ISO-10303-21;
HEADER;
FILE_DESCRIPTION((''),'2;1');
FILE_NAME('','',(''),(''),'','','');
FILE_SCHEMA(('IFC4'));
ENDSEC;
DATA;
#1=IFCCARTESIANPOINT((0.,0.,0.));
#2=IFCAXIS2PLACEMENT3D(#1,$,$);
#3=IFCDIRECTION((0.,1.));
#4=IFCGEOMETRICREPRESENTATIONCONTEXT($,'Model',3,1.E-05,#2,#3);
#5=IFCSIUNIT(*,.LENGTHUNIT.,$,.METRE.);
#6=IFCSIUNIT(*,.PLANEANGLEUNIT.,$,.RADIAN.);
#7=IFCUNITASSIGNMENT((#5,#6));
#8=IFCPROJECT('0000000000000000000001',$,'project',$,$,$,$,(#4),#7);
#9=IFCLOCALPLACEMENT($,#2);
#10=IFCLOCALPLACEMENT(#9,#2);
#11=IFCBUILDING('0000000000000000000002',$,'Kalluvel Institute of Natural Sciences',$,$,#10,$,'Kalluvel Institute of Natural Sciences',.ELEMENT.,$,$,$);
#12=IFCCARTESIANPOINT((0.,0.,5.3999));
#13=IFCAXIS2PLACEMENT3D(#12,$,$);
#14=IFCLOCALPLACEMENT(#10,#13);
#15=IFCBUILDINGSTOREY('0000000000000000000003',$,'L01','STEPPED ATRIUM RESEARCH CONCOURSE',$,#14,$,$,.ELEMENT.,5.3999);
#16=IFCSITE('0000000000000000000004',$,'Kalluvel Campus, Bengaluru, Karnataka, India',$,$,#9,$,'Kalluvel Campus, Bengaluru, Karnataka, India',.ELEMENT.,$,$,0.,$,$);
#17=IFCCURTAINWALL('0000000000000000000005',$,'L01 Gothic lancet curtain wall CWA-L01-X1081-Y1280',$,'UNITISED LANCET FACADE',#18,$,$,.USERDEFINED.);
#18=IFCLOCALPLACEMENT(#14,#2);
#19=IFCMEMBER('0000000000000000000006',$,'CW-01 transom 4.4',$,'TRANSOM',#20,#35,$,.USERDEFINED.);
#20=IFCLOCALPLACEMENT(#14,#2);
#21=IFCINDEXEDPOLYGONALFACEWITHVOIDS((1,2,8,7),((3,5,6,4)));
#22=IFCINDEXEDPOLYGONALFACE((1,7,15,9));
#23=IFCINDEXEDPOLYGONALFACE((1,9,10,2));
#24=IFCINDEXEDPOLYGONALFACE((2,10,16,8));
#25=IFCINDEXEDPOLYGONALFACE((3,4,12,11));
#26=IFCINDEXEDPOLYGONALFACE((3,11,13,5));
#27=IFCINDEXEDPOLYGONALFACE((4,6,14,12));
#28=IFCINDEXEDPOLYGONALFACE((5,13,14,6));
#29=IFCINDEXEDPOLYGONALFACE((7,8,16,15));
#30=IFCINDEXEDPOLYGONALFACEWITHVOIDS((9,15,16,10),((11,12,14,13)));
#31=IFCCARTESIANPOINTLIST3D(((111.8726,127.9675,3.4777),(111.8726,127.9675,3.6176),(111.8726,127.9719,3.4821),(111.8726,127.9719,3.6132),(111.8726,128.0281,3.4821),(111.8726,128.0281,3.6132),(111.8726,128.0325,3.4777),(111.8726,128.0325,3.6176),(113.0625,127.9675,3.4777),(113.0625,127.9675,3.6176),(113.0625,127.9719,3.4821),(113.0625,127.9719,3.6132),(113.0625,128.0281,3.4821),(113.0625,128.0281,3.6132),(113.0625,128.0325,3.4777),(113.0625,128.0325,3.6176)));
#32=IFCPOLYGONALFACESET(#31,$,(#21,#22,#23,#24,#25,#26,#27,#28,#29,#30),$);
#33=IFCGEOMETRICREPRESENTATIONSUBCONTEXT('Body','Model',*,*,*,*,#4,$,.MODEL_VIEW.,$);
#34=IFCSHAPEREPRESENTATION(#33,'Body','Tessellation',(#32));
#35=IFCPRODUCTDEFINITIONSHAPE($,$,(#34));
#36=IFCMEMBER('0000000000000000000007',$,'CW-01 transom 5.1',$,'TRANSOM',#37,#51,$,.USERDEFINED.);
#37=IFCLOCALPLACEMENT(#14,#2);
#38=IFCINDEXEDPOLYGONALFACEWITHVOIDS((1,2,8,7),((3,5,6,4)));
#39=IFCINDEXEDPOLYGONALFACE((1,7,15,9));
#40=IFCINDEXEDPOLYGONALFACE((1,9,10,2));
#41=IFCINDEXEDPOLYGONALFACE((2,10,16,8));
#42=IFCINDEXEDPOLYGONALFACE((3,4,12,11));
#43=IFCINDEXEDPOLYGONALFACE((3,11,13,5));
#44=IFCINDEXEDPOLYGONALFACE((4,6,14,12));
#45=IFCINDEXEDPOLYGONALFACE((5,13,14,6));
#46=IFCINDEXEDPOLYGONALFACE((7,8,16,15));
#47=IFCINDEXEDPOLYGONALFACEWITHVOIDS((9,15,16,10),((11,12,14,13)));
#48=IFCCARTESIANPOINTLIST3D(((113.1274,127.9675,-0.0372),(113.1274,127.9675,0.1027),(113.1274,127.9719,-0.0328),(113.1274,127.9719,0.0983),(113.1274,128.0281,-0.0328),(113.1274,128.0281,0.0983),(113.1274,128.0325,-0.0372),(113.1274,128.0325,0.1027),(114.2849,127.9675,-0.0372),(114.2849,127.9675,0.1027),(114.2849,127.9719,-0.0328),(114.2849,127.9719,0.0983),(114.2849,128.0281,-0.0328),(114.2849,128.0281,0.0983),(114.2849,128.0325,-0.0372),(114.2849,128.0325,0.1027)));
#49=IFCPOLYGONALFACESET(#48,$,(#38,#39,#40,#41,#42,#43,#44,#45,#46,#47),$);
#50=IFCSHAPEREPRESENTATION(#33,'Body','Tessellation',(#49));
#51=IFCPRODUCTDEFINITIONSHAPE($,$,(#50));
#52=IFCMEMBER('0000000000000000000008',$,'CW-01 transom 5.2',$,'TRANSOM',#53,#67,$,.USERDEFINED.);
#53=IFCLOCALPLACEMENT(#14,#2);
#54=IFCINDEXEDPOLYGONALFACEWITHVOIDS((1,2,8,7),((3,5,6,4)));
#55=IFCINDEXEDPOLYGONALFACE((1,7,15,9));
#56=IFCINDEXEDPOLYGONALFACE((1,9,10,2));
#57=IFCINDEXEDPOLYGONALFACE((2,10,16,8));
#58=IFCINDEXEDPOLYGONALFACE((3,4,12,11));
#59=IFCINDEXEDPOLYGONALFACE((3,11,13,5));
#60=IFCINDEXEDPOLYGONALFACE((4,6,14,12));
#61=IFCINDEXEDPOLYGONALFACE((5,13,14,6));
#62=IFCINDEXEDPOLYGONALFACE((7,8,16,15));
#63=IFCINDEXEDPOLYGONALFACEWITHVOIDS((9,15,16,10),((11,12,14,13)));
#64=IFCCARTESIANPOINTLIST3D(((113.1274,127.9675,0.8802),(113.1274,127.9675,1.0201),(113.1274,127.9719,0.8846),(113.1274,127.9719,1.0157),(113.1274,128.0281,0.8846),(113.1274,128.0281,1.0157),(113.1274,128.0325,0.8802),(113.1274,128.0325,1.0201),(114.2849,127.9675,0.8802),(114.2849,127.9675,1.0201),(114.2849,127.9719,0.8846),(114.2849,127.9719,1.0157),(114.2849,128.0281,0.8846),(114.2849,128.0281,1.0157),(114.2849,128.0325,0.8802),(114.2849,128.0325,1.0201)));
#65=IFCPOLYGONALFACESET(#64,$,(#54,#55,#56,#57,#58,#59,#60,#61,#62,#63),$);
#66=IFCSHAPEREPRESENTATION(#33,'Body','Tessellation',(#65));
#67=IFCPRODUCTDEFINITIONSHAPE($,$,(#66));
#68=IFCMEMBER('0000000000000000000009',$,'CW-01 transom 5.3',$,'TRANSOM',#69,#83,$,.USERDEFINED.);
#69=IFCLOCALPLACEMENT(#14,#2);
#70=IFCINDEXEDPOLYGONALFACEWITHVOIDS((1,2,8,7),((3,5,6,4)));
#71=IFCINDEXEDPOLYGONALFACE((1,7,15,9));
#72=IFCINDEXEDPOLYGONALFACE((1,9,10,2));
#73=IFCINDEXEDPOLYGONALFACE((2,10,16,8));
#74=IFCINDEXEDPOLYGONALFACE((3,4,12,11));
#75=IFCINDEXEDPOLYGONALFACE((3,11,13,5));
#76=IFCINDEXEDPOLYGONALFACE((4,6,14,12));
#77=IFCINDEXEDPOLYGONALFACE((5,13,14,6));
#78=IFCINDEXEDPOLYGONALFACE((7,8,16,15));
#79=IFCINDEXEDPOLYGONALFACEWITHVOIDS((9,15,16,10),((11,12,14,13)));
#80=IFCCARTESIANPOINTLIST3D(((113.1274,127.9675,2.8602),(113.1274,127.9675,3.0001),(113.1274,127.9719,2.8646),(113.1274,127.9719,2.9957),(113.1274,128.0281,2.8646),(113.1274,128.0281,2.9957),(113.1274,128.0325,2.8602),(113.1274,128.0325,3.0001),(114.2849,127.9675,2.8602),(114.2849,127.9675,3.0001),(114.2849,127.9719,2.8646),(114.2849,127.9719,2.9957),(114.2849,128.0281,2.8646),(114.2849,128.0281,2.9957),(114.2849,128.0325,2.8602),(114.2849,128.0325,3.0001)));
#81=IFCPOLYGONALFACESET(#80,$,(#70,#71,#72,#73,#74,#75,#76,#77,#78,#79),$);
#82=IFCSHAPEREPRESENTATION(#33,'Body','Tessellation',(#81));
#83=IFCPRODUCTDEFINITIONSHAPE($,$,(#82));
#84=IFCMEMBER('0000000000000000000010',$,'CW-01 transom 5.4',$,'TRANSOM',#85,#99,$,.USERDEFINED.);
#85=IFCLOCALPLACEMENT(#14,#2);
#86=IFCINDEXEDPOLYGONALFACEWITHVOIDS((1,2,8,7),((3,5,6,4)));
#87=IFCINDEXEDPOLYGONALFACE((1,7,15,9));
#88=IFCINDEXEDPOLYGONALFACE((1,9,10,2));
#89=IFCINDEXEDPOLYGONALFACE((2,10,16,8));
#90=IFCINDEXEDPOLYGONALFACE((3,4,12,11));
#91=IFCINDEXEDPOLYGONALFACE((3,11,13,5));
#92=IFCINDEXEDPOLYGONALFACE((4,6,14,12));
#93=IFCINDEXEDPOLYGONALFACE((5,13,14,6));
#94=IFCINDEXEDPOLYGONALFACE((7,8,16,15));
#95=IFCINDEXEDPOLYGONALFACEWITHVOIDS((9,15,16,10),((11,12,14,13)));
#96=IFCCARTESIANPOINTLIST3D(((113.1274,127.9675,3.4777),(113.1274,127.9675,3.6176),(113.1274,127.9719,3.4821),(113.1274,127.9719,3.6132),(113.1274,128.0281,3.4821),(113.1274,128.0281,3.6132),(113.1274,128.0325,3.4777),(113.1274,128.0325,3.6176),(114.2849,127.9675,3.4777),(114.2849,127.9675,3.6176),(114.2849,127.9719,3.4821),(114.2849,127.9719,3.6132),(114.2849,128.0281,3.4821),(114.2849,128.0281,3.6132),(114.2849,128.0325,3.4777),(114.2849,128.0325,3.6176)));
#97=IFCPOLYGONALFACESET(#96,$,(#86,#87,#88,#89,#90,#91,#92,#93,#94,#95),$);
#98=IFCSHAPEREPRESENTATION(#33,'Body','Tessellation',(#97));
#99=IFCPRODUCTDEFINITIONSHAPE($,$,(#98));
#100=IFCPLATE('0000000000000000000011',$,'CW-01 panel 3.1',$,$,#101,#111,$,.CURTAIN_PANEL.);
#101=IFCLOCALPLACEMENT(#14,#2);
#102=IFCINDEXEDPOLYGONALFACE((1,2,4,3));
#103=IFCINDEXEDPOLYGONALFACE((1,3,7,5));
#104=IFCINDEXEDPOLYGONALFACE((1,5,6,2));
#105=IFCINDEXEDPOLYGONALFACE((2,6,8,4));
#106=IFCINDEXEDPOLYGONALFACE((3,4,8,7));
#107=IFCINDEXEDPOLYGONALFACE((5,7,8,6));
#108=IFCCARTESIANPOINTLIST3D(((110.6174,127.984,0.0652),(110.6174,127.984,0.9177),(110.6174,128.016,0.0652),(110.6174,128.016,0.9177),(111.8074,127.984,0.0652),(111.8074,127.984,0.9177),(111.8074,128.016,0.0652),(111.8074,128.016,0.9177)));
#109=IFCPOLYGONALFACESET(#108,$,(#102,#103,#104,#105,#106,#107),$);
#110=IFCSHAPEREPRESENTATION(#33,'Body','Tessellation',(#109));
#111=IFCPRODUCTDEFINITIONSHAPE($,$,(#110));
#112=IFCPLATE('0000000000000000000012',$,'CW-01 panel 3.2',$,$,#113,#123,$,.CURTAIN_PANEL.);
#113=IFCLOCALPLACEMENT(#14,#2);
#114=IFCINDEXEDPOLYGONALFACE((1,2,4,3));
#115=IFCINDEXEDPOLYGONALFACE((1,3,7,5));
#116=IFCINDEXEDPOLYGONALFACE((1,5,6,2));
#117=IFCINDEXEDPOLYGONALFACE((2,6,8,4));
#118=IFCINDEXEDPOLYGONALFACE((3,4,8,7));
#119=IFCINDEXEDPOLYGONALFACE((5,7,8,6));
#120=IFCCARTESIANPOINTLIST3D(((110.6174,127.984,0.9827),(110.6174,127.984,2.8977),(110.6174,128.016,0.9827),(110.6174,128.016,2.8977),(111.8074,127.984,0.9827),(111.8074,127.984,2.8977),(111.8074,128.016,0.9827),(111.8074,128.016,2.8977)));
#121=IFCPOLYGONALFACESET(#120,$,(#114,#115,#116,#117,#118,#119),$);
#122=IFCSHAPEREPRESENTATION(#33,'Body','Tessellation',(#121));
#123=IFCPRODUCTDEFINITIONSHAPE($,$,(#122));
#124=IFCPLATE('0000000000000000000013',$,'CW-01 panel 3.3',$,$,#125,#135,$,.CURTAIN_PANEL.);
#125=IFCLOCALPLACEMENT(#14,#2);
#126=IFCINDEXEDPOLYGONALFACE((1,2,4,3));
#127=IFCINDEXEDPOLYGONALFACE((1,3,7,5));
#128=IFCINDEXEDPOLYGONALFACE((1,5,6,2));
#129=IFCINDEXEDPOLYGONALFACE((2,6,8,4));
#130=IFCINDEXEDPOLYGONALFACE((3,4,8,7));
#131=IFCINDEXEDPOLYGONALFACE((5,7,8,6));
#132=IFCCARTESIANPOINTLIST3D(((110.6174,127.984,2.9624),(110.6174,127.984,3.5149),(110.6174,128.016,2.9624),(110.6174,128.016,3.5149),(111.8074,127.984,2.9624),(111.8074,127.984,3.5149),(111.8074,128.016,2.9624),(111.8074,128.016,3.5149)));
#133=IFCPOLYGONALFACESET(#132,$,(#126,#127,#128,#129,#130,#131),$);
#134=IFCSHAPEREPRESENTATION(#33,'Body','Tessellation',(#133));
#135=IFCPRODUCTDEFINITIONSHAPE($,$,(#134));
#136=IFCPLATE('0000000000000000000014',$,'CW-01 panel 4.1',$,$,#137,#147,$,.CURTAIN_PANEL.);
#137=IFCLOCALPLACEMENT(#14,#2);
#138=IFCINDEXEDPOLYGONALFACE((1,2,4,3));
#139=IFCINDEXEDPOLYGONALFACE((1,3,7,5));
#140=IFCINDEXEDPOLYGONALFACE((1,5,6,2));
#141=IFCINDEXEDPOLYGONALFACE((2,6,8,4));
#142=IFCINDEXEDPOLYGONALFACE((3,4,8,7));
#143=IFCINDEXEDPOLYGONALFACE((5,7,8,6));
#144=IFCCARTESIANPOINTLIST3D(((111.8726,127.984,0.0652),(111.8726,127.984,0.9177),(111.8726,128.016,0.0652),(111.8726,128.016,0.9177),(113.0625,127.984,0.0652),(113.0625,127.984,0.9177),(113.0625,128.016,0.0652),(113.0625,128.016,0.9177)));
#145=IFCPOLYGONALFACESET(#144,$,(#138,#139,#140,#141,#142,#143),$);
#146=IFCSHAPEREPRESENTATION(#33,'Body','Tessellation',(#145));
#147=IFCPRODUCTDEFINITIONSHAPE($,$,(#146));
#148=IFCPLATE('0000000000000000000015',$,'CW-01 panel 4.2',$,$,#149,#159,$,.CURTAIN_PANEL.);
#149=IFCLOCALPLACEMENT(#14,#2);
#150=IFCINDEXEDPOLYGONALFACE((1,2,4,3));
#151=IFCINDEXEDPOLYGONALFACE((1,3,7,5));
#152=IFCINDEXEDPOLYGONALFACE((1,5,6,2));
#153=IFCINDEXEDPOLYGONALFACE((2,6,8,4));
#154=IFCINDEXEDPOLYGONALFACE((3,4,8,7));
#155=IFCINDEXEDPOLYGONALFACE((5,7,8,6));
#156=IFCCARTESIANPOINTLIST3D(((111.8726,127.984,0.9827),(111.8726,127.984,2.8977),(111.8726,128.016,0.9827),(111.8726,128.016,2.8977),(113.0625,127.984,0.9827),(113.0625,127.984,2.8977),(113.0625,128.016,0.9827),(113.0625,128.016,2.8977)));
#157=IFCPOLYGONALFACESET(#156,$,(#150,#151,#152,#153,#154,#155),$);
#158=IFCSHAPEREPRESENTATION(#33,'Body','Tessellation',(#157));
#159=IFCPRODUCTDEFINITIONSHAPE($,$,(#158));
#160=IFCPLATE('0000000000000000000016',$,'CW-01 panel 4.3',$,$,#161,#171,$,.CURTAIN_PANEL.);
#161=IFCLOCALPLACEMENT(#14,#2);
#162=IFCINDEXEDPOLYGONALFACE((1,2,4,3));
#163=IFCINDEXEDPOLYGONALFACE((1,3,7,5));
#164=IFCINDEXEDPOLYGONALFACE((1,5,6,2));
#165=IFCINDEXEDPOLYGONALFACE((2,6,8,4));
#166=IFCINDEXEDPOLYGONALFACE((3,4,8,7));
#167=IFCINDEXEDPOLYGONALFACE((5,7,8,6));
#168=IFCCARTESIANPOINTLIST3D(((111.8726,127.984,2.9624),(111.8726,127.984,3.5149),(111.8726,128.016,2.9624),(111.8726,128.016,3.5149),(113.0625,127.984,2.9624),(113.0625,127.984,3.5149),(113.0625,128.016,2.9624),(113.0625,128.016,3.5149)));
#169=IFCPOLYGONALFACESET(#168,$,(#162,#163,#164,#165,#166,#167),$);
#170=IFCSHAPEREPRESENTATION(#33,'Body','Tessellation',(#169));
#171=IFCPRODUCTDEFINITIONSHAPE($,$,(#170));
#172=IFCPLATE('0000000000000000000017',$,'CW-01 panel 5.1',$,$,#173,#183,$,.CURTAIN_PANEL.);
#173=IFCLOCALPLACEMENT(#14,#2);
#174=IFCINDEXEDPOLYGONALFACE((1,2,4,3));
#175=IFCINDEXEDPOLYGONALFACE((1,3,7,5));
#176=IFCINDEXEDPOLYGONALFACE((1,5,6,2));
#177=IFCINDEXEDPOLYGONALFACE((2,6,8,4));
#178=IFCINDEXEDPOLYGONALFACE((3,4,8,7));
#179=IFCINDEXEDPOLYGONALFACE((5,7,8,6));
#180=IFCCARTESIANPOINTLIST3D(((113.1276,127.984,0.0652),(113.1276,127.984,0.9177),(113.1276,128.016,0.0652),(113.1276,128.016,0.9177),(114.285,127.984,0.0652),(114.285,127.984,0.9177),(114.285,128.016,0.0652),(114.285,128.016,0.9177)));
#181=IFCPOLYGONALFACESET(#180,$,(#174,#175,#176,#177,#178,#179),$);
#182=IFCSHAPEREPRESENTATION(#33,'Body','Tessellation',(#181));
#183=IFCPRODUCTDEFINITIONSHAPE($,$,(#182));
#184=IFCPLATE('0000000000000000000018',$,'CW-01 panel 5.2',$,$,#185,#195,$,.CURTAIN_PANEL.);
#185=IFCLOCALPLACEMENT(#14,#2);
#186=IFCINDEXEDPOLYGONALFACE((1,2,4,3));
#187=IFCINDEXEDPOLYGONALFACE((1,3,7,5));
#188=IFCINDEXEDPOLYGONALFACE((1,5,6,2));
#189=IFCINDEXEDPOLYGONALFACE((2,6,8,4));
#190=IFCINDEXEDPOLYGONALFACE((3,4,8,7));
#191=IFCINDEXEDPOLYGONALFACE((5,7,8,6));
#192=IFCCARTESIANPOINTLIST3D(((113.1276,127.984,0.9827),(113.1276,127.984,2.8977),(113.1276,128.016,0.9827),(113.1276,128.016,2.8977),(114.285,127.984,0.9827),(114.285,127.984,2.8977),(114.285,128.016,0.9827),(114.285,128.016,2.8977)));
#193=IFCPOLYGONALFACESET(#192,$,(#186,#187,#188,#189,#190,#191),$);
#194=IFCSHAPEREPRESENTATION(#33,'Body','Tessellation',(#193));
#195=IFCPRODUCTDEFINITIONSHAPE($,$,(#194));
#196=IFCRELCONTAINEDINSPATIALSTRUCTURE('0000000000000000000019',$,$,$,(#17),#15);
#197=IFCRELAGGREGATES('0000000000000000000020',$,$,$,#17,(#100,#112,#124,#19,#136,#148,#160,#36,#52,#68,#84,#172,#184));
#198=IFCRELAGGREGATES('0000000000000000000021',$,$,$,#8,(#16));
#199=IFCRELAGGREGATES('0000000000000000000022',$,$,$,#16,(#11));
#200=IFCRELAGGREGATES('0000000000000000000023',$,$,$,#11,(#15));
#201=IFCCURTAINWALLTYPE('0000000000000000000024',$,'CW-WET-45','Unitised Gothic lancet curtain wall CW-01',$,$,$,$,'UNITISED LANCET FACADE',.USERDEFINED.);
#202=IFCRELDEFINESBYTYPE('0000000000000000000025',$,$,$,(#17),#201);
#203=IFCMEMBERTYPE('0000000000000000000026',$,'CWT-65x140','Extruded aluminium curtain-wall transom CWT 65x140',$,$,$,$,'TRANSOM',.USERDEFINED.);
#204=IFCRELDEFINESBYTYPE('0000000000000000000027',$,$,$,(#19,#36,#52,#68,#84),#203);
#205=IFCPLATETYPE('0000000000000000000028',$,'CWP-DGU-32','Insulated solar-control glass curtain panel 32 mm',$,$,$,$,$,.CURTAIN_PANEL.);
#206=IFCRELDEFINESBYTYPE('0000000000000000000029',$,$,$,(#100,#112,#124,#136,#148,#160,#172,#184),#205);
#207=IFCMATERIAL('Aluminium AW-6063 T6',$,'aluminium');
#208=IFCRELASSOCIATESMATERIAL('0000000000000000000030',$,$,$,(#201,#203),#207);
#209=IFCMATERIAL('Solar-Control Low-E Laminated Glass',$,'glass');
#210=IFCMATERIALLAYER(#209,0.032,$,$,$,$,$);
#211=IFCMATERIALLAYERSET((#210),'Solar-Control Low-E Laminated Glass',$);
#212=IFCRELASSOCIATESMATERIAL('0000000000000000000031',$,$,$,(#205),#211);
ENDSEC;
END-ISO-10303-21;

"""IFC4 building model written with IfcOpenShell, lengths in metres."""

from ifc_helpers import new_model, si_unit, direction, frame, origin, origin_2d, place, context, subcontext, project, spatial, rectangle, hollow_rectangle, extrude, material, layer, layer_set, material_profile, profile_set, type_object, element, aggregate, save


model = new_model("IFC4")

# Units and contexts
model_context = context("Model", 3, precision=1e-05, world=origin(), true_north=direction((0.0, 1.0)))
body_context = subcontext(model_context, "Body", "Model", "MODEL_VIEW")
ifc_project = project(units=[si_unit("LENGTHUNIT", "METRE"), si_unit("PLANEANGLEUNIT", "RADIAN")], contexts=[model_context])

# Site, building, storey
site_placement = place(None, origin())
site = spatial("IfcSite", under=ifc_project, at=site_placement, Name="Kalluvel Campus, Bengaluru, Karnataka, India", LongName="Kalluvel Campus, Bengaluru, Karnataka, India", CompositionType="ELEMENT", RefElevation=0.0)
building_placement = place(site_placement, origin())
building = spatial("IfcBuilding", under=site, at=building_placement, Name="Kalluvel Institute of Natural Sciences", LongName="Kalluvel Institute of Natural Sciences", CompositionType="ELEMENT")
storey_placement = place(building_placement, frame((0.0, 0.0, 5.3999)))
storey = spatial("IfcBuildingStorey", under=building, at=storey_placement, Name="L01", Description="STEPPED ATRIUM RESEARCH CONCOURSE", CompositionType="ELEMENT", Elevation=5.3999)

# Curtain wall, members, plates
ifc_material_1 = material(Name="Aluminium AW-6063 T6", Category="aluminium")
curtain_wall_type = type_object("IfcCurtainWallType", Name="CW-WET-45", Description="Unitised Gothic lancet curtain wall CW-01", ElementType="UNITISED LANCET FACADE", PredefinedType="USERDEFINED", material=ifc_material_1)
curtain_wall_placement = place(storey_placement, origin())
curtain_wall = element("IfcCurtainWall", 1, at=curtain_wall_placement, inside=storey, type_object=curtain_wall_type, Name="L01 Gothic lancet curtain wall CWA-L01-X1081-Y1280", ObjectType="UNITISED LANCET FACADE", PredefinedType="USERDEFINED")
ifc_material_profile_1 = material_profile(ifc_material_1, hollow_rectangle(XDim=0.0649, YDim=0.1399, WallThickness=0.0044, at=origin_2d()), Name="CWT 65x140")
ifc_profile_set_1 = profile_set([ifc_material_profile_1], Name="Aluminium AW-6063 T6")
member_type_1 = type_object("IfcMemberType", Name="CWT-65x140", Description="Extruded aluminium curtain-wall transom CWT 65x140", ElementType="TRANSOM", PredefinedType="USERDEFINED", material=ifc_profile_set_1)
member_1_placement = place(storey_placement, frame((111.8726, 128.0, 3.5476), z_axis=(1.0, 0.0, 0.0), x_axis=(0.0, 1.0, 0.0)))
member_1 = element("IfcMember", 2, at=member_1_placement, type_object=member_type_1, Name="CW-01 transom 4.4", ObjectType="TRANSOM", PredefinedType="USERDEFINED", context=body_context, shape_type="SweptSolid", body=[
    extrude(hollow_rectangle(XDim=0.0649, YDim=0.1399, WallThickness=0.0044, at=origin_2d()), origin(), (0.0, 0.0, 1.0), 1.1899),
])
member_2_placement = place(storey_placement, frame((113.1274, 128.0, 0.0327), z_axis=(1.0, 0.0, 0.0), x_axis=(0.0, 1.0, 0.0)))
member_2 = element("IfcMember", 3, at=member_2_placement, type_object=member_type_1, Name="CW-01 transom 5.1", ObjectType="TRANSOM", PredefinedType="USERDEFINED", context=body_context, shape_type="SweptSolid", body=[
    extrude(hollow_rectangle(XDim=0.0649, YDim=0.1399, WallThickness=0.0044, at=origin_2d()), origin(), (0.0, 0.0, 1.0), 1.1575),
])
member_3_placement = place(storey_placement, frame((113.1274, 128.0, 0.9502), z_axis=(1.0, 0.0, 0.0), x_axis=(0.0, 1.0, 0.0)))
member_3 = element("IfcMember", 4, at=member_3_placement, type_object=member_type_1, Name="CW-01 transom 5.2", ObjectType="TRANSOM", PredefinedType="USERDEFINED", context=body_context, shape_type="SweptSolid", body=[
    extrude(hollow_rectangle(XDim=0.0649, YDim=0.1399, WallThickness=0.0044, at=origin_2d()), origin(), (0.0, 0.0, 1.0), 1.1575),
])
member_4_placement = place(storey_placement, frame((113.1274, 128.0, 2.9302), z_axis=(1.0, 0.0, 0.0), x_axis=(0.0, 1.0, 0.0)))
member_4 = element("IfcMember", 5, at=member_4_placement, type_object=member_type_1, Name="CW-01 transom 5.3", ObjectType="TRANSOM", PredefinedType="USERDEFINED", context=body_context, shape_type="SweptSolid", body=[
    extrude(hollow_rectangle(XDim=0.0649, YDim=0.1399, WallThickness=0.0044, at=origin_2d()), origin(), (0.0, 0.0, 1.0), 1.1575),
])
member_5_placement = place(storey_placement, frame((113.1274, 128.0, 3.5476), z_axis=(1.0, 0.0, 0.0), x_axis=(0.0, 1.0, 0.0)))
member_5 = element("IfcMember", 6, at=member_5_placement, type_object=member_type_1, Name="CW-01 transom 5.4", ObjectType="TRANSOM", PredefinedType="USERDEFINED", context=body_context, shape_type="SweptSolid", body=[
    extrude(hollow_rectangle(XDim=0.0649, YDim=0.1399, WallThickness=0.0044, at=origin_2d()), origin(), (0.0, 0.0, 1.0), 1.1575),
])
ifc_material_2 = material(Name="Solar-Control Low-E Laminated Glass", Category="glass")
ifc_layer = layer(ifc_material_2, 0.032)
ifc_layer_set = layer_set([ifc_layer], Name="Solar-Control Low-E Laminated Glass")
plate_type = type_object("IfcPlateType", Name="CWP-DGU-32", Description="Insulated solar-control glass curtain panel 32 mm", PredefinedType="CURTAIN_PANEL", material=ifc_layer_set)
plate_1_placement = place(storey_placement, frame((111.2124, 128.0, 0.0652), z_axis=(0.0, 0.0, 1.0), x_axis=(1.0, 0.0, 0.0)))
plate_1 = element("IfcPlate", 7, at=plate_1_placement, type_object=plate_type, Name="CW-01 panel 3.1", PredefinedType="CURTAIN_PANEL", context=body_context, shape_type="SweptSolid", body=[
    extrude(rectangle(XDim=1.1899, YDim=0.032, at=origin_2d()), origin(), (0.0, 0.0, 1.0), 0.8525),
])
plate_2_placement = place(storey_placement, frame((111.2124, 128.0, 0.9827), z_axis=(0.0, 0.0, 1.0), x_axis=(1.0, 0.0, 0.0)))
plate_2 = element("IfcPlate", 8, at=plate_2_placement, type_object=plate_type, Name="CW-01 panel 3.2", PredefinedType="CURTAIN_PANEL", context=body_context, shape_type="SweptSolid", body=[
    extrude(rectangle(XDim=1.1899, YDim=0.032, at=origin_2d()), origin(), (0.0, 0.0, 1.0), 1.915),
])
plate_3_placement = place(storey_placement, frame((111.2124, 128.0, 2.9624), z_axis=(0.0, 0.0, 1.0), x_axis=(1.0, 0.0, 0.0)))
plate_3 = element("IfcPlate", 9, at=plate_3_placement, type_object=plate_type, Name="CW-01 panel 3.3", PredefinedType="CURTAIN_PANEL", context=body_context, shape_type="SweptSolid", body=[
    extrude(rectangle(XDim=1.1899, YDim=0.032, at=origin_2d()), origin(), (0.0, 0.0, 1.0), 0.5525),
])
plate_4_placement = place(storey_placement, frame((112.4675, 128.0, 0.0652), z_axis=(0.0, 0.0, 1.0), x_axis=(1.0, 0.0, 0.0)))
plate_4 = element("IfcPlate", 10, at=plate_4_placement, type_object=plate_type, Name="CW-01 panel 4.1", PredefinedType="CURTAIN_PANEL", context=body_context, shape_type="SweptSolid", body=[
    extrude(rectangle(XDim=1.1899, YDim=0.032, at=origin_2d()), origin(), (0.0, 0.0, 1.0), 0.8525),
])
plate_5_placement = place(storey_placement, frame((112.4675, 128.0, 0.9827), z_axis=(0.0, 0.0, 1.0), x_axis=(1.0, 0.0, 0.0)))
plate_5 = element("IfcPlate", 11, at=plate_5_placement, type_object=plate_type, Name="CW-01 panel 4.2", PredefinedType="CURTAIN_PANEL", context=body_context, shape_type="SweptSolid", body=[
    extrude(rectangle(XDim=1.1899, YDim=0.032, at=origin_2d()), origin(), (0.0, 0.0, 1.0), 1.915),
])
plate_6_placement = place(storey_placement, frame((112.4675, 128.0, 2.9624), z_axis=(0.0, 0.0, 1.0), x_axis=(1.0, 0.0, 0.0)))
plate_6 = element("IfcPlate", 12, at=plate_6_placement, type_object=plate_type, Name="CW-01 panel 4.3", PredefinedType="CURTAIN_PANEL", context=body_context, shape_type="SweptSolid", body=[
    extrude(rectangle(XDim=1.1899, YDim=0.032, at=origin_2d()), origin(), (0.0, 0.0, 1.0), 0.5525),
])
plate_7_placement = place(storey_placement, frame((113.7063, 128.0, 0.0652), z_axis=(0.0, 0.0, 1.0), x_axis=(1.0, 0.0, 0.0)))
plate_7 = element("IfcPlate", 13, at=plate_7_placement, type_object=plate_type, Name="CW-01 panel 5.1", PredefinedType="CURTAIN_PANEL", context=body_context, shape_type="SweptSolid", body=[
    extrude(rectangle(XDim=1.1575, YDim=0.032, at=origin_2d()), origin(), (0.0, 0.0, 1.0), 0.8525),
])
plate_8_placement = place(storey_placement, frame((113.7063, 128.0, 0.9827), z_axis=(0.0, 0.0, 1.0), x_axis=(1.0, 0.0, 0.0)))
plate_8 = element("IfcPlate", 14, at=plate_8_placement, type_object=plate_type, Name="CW-01 panel 5.2", PredefinedType="CURTAIN_PANEL", context=body_context, shape_type="SweptSolid", body=[
    extrude(rectangle(XDim=1.1575, YDim=0.032, at=origin_2d()), origin(), (0.0, 0.0, 1.0), 1.915),
])
aggregate(curtain_wall, [plate_1, plate_2, plate_3, member_1, plate_4, plate_5, plate_6, member_2, member_3, member_4, member_5, plate_7, plate_8])

save(model, "model.ifc")
